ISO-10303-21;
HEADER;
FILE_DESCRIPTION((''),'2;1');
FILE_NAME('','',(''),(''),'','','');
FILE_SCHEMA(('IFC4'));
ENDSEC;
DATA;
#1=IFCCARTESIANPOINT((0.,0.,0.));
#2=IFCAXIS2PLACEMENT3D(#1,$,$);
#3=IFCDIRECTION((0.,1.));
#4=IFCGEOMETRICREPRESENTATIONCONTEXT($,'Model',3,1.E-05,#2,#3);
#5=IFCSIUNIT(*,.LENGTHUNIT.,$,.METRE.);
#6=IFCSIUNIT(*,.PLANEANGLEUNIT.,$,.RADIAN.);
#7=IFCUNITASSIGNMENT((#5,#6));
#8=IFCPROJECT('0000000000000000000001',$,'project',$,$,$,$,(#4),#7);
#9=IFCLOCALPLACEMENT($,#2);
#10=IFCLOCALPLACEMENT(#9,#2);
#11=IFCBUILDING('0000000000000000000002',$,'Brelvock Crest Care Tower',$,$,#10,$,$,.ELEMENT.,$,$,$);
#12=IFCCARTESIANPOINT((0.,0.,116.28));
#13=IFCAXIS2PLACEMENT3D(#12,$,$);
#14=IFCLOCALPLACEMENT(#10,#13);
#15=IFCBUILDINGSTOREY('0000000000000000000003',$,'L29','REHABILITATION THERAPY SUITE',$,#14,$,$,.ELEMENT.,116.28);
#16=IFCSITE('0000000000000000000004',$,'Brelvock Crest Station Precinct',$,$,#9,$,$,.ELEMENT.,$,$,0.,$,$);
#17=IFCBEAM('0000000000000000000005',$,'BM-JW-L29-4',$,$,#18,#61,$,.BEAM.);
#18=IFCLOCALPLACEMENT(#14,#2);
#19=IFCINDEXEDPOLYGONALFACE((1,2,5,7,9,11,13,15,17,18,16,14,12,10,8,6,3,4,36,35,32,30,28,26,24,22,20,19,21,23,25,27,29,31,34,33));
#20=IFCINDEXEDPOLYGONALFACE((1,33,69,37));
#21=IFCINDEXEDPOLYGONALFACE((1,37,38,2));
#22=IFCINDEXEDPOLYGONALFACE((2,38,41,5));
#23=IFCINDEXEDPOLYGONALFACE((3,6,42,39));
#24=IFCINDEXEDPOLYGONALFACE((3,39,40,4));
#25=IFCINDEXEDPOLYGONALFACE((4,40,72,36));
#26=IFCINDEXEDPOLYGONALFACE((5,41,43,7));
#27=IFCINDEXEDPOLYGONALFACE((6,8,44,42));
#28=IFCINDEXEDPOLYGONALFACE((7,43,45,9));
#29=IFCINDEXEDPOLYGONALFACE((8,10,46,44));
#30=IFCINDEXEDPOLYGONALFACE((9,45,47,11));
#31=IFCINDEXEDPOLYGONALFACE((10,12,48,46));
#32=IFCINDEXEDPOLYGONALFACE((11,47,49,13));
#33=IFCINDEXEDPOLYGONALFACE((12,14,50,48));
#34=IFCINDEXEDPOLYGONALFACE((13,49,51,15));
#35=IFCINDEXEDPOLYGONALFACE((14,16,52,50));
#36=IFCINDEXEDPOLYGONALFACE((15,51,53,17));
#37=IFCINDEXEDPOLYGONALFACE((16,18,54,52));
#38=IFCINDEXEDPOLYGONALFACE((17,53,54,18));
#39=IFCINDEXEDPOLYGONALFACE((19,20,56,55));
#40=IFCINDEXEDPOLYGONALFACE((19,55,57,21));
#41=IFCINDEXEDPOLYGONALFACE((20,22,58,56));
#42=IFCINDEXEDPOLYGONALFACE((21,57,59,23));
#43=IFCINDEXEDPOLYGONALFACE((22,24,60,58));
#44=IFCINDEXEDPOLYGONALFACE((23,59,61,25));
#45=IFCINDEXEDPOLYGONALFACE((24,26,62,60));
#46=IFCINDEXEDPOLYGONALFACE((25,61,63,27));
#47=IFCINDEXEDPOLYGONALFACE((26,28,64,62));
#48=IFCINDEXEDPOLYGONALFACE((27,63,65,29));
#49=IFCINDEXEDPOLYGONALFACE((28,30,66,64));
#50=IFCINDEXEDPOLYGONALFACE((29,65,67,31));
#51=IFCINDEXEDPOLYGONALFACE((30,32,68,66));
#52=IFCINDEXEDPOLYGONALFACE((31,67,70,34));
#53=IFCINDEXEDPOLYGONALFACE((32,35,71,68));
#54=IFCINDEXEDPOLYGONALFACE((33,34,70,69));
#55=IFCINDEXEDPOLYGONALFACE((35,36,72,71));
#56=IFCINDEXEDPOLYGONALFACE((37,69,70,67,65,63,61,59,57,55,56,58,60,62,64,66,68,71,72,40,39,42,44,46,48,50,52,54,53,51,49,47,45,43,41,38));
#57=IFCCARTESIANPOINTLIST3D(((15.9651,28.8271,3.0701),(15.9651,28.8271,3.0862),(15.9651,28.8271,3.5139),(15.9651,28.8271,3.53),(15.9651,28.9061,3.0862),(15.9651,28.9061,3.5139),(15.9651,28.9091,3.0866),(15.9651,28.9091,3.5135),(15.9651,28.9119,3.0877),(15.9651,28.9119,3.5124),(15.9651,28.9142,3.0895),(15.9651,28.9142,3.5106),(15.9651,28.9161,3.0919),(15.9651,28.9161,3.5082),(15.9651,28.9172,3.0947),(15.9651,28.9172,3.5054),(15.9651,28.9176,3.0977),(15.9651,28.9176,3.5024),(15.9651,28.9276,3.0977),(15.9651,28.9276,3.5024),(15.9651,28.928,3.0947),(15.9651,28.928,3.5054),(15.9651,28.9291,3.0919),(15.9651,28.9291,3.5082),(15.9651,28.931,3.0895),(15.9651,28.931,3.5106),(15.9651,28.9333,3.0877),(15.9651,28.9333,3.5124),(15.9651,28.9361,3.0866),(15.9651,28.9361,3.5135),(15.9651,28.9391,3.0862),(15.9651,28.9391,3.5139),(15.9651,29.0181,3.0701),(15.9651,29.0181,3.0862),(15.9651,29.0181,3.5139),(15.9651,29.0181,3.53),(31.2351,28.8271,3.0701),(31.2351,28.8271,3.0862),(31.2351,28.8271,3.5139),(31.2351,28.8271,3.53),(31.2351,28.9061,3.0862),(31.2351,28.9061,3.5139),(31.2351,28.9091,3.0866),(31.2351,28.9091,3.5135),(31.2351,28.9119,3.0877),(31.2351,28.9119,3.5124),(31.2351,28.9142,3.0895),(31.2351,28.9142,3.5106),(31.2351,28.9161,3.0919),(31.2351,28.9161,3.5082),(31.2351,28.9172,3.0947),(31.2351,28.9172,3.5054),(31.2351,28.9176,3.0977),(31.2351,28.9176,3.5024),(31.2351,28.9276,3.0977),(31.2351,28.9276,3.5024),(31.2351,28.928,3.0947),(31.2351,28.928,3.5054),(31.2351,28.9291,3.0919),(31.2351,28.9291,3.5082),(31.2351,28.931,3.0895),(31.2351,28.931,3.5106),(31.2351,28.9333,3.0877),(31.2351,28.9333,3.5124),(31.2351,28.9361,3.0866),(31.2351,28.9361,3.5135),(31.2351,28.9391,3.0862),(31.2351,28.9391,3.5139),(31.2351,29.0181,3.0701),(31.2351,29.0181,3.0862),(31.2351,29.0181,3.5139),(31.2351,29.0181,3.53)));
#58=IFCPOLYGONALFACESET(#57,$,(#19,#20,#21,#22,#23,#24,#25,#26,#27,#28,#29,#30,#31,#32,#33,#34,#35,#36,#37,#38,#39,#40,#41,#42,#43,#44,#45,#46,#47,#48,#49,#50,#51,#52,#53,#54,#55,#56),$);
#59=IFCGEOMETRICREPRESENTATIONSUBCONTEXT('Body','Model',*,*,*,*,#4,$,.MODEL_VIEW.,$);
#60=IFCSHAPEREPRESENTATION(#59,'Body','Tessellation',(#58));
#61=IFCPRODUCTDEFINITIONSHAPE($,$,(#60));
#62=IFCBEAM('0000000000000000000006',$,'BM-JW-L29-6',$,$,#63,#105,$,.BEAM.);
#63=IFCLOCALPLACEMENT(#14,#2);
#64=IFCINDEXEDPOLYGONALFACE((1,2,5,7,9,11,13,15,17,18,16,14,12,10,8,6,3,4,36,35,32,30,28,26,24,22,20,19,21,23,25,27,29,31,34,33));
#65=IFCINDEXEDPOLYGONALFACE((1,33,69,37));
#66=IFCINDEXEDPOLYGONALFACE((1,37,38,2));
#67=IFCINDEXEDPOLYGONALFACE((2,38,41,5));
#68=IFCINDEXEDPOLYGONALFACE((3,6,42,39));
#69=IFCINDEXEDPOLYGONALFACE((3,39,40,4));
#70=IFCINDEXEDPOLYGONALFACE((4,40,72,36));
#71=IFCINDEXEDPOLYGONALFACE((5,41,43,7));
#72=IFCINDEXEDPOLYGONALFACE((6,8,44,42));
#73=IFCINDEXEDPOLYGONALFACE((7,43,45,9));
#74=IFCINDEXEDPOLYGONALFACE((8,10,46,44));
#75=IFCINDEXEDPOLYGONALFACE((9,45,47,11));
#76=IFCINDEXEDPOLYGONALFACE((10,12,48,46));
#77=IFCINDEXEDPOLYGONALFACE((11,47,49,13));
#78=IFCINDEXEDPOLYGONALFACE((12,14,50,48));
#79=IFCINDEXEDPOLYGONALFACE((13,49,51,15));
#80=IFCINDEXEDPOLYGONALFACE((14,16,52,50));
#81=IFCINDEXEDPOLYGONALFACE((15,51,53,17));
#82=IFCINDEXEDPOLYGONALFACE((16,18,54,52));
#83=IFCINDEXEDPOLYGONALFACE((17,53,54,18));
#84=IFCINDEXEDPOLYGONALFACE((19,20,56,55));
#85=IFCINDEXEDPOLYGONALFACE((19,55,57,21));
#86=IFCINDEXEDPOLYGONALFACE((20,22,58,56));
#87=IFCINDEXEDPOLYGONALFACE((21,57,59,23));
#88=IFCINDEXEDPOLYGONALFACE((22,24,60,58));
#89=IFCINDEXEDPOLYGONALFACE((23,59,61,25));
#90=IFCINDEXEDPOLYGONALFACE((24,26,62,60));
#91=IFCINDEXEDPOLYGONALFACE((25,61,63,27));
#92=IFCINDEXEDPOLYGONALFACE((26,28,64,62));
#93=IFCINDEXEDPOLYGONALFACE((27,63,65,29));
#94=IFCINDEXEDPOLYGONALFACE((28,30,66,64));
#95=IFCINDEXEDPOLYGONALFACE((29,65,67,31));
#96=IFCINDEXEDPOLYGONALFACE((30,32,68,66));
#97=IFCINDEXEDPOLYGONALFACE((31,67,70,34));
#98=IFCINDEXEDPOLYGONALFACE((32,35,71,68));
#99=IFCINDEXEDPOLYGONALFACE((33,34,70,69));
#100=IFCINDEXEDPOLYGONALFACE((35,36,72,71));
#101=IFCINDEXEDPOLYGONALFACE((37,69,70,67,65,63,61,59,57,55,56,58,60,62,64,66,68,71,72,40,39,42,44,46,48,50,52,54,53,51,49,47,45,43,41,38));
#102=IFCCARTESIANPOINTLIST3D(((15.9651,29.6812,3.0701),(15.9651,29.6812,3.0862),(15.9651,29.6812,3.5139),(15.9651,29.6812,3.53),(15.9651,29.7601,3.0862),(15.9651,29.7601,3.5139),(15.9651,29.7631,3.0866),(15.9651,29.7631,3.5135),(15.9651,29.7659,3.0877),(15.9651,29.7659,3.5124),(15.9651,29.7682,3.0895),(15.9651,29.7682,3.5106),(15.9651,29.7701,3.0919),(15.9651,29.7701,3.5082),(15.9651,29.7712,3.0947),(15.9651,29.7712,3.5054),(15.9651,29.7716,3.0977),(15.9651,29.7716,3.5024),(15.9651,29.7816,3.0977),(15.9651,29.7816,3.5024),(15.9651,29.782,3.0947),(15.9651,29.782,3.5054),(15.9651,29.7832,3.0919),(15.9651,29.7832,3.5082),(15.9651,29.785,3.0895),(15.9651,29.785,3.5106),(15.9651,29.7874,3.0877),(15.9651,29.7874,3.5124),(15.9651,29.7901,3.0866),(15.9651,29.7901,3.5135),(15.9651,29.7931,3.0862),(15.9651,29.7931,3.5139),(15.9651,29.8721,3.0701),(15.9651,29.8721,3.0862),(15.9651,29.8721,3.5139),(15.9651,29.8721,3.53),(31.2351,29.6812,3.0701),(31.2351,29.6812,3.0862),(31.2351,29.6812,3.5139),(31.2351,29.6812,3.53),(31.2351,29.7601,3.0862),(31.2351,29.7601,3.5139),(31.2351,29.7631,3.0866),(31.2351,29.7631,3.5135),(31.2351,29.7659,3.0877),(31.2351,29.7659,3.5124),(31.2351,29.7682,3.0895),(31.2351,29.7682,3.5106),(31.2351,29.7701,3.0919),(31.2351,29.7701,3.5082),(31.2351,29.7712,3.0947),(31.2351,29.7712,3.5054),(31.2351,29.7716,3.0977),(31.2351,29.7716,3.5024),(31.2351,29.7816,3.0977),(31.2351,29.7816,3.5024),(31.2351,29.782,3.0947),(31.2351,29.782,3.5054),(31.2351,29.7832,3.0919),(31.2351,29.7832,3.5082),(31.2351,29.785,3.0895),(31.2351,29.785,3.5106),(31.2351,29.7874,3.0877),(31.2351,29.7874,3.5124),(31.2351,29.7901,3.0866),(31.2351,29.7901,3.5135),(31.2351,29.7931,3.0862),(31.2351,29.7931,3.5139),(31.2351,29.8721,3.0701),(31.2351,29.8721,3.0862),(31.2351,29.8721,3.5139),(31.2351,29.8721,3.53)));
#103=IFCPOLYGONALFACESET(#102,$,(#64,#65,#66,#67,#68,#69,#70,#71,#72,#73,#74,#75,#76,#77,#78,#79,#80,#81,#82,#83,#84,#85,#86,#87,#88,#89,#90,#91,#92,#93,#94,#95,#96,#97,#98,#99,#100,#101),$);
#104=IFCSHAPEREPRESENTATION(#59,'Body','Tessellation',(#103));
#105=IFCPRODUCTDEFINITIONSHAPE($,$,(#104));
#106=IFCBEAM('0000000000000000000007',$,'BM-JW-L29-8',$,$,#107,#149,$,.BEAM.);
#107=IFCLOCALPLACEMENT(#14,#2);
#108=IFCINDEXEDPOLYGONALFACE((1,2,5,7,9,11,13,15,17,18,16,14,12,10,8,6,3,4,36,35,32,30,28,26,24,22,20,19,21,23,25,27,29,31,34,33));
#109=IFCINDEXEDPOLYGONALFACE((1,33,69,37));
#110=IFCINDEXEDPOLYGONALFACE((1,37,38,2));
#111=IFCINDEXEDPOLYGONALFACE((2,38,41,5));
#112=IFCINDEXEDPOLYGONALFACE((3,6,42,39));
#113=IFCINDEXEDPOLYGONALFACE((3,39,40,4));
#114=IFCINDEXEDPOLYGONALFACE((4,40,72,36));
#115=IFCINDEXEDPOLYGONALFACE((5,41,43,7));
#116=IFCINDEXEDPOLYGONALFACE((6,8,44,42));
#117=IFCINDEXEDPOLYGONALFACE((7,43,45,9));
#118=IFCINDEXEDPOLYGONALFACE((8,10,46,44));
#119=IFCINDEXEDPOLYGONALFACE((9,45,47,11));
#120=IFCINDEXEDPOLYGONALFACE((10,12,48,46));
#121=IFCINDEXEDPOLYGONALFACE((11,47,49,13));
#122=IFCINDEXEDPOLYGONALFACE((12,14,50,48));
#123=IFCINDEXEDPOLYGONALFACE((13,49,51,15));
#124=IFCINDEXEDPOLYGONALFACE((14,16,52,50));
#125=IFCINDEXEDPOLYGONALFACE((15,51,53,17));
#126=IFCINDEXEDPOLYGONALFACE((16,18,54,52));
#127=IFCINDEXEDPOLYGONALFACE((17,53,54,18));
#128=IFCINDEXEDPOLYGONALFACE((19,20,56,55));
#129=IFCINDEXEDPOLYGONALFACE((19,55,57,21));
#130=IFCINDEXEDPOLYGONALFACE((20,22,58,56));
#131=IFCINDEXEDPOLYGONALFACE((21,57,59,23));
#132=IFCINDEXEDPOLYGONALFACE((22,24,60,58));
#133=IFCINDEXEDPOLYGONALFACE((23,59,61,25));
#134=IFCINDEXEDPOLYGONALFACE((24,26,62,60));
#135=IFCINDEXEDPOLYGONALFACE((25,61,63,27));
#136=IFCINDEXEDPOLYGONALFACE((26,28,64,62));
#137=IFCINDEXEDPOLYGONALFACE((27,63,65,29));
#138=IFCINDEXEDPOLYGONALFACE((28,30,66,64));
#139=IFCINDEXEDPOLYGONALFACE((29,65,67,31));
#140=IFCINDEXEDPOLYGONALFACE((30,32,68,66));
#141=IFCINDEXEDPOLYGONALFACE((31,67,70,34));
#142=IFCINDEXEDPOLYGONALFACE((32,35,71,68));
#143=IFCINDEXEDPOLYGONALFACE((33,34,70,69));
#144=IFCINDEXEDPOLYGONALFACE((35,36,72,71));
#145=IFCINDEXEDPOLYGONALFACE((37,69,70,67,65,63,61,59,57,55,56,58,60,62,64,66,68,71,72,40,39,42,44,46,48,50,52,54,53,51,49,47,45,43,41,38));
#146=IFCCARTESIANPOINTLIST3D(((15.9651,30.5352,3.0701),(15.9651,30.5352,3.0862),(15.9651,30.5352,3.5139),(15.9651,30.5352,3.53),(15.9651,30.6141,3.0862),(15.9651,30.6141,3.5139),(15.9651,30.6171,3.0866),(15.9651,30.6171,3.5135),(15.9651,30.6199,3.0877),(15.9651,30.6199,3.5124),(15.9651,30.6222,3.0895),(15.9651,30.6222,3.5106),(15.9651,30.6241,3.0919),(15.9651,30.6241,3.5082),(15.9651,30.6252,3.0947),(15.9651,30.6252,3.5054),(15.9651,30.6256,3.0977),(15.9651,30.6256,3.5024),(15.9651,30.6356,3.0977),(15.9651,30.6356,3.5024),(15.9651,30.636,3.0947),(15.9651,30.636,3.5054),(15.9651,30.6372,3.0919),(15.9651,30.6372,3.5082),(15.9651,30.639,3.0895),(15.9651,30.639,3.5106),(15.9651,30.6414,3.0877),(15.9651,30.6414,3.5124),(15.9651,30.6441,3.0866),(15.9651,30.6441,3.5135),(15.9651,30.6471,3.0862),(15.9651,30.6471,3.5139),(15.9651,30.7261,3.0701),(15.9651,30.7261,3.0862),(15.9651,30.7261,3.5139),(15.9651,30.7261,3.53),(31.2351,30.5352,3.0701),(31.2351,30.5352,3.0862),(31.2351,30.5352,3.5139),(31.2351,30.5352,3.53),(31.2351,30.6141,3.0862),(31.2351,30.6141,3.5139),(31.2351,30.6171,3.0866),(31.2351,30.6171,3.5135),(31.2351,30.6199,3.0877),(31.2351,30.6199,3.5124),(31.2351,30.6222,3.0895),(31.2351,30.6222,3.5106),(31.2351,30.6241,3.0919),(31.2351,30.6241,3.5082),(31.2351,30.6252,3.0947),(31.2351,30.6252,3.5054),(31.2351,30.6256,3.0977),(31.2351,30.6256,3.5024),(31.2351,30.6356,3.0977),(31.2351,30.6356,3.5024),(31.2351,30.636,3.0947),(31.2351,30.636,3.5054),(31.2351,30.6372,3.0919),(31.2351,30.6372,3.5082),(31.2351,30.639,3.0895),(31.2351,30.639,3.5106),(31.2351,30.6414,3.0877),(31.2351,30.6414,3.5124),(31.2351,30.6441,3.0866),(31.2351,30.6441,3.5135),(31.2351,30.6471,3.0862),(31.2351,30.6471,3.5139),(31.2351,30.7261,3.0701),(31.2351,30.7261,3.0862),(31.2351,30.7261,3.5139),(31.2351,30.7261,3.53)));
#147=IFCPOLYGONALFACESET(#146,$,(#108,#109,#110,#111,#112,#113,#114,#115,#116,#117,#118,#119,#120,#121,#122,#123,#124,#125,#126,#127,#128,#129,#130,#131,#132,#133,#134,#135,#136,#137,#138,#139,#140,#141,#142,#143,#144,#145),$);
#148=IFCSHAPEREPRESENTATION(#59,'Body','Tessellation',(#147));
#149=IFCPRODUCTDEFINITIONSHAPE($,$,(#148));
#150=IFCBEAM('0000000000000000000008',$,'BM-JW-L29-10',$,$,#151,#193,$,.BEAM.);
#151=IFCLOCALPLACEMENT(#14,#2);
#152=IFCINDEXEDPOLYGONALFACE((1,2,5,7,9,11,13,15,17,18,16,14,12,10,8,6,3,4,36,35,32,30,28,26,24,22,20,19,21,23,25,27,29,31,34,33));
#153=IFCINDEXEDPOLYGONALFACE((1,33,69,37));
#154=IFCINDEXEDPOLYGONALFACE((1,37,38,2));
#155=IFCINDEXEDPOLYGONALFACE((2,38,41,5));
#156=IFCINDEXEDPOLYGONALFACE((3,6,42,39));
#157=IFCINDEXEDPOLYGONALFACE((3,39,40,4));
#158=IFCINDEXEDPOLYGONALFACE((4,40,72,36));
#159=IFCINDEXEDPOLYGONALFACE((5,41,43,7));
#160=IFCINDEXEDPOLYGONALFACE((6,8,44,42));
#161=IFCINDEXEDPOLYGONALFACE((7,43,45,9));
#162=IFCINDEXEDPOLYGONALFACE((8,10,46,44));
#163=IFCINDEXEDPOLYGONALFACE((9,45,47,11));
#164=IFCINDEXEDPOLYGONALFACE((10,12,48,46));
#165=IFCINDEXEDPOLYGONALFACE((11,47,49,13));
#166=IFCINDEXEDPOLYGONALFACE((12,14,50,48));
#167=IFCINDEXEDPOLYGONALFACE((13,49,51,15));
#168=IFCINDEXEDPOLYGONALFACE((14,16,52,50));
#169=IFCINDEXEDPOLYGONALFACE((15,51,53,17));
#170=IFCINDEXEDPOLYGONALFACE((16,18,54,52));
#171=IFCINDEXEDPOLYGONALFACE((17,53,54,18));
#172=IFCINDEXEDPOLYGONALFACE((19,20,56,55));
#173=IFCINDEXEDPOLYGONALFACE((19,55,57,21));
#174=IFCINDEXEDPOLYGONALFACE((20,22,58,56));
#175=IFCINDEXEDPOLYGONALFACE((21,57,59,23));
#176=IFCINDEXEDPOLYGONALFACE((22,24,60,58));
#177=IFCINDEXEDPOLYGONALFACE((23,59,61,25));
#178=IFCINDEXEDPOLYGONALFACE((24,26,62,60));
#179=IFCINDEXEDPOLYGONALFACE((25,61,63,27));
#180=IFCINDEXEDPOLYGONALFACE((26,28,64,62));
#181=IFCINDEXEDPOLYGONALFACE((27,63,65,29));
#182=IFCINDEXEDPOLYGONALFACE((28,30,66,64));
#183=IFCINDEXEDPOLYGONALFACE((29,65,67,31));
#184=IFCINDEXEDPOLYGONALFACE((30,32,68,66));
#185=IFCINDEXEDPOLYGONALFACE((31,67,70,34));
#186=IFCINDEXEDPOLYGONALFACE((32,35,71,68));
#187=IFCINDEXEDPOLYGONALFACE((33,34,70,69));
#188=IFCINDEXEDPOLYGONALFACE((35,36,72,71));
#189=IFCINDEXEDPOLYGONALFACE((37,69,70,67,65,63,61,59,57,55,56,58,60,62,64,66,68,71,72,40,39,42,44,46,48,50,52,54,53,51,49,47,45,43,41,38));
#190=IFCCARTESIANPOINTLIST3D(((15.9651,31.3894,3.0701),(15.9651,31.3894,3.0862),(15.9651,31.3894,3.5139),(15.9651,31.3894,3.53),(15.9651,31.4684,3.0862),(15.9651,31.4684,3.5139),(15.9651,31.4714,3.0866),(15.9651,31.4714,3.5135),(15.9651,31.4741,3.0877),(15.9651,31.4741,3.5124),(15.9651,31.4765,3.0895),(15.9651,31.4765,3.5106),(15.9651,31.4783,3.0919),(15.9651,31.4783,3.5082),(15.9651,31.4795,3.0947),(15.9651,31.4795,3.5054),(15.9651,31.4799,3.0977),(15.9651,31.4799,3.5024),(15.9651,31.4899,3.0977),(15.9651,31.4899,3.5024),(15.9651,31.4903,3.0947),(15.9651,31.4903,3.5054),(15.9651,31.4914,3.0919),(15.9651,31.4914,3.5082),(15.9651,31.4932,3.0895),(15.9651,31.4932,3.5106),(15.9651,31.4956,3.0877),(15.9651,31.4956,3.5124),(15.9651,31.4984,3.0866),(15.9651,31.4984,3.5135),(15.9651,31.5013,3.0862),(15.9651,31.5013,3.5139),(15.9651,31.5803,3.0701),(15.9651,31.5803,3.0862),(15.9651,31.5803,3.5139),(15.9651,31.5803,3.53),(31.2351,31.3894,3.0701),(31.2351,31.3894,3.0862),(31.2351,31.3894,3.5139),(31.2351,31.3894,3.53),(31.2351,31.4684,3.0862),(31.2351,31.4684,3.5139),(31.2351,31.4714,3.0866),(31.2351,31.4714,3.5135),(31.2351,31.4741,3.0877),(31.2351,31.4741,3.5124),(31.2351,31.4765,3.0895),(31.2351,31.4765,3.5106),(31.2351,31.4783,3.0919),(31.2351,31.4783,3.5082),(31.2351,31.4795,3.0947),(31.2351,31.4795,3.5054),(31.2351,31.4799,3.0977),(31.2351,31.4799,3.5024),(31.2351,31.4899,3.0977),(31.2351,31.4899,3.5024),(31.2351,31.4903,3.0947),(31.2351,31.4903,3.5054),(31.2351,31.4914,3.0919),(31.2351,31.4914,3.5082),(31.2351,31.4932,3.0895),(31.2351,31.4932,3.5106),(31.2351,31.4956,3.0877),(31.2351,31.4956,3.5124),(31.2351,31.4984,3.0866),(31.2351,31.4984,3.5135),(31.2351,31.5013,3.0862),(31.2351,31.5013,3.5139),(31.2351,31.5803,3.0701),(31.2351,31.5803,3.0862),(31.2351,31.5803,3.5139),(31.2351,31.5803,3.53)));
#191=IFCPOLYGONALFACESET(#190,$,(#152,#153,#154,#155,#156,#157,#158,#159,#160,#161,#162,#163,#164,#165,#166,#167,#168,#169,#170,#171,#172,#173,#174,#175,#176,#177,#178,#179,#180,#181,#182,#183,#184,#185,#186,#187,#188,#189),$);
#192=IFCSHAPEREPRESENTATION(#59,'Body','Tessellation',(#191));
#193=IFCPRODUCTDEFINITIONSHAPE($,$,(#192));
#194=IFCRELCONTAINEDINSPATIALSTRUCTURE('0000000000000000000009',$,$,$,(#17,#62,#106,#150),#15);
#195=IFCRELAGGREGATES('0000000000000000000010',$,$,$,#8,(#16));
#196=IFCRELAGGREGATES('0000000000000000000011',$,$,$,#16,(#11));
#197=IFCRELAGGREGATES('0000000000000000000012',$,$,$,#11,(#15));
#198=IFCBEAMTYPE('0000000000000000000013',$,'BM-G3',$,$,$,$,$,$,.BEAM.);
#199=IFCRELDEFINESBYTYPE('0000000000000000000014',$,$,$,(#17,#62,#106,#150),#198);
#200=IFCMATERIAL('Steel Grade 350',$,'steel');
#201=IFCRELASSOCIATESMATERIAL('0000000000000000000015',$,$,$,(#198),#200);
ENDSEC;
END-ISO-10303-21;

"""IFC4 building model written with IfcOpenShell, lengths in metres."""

from ifc_helpers import new_model, si_unit, direction, frame, origin, origin_2d, place, context, subcontext, project, spatial, i_section, extrude, source, transform, mapped, material, material_profile, profile_set, type_object, element, save


model = new_model("IFC4")

# Units and contexts
model_context = context("Model", 3, precision=1e-05, world=origin(), true_north=direction((0.0, 1.0)))
body_context = subcontext(model_context, "Body", "Model", "MODEL_VIEW")
ifc_project = project(units=[si_unit("LENGTHUNIT", "METRE"), si_unit("PLANEANGLEUNIT", "RADIAN")], contexts=[model_context])

# Site, building, storey
site_placement = place(None, origin())
site = spatial("IfcSite", under=ifc_project, at=site_placement, Name="Brelvock Crest Station Precinct", CompositionType="ELEMENT", RefElevation=0.0)
building_placement = place(site_placement, origin())
building = spatial("IfcBuilding", under=site, at=building_placement, Name="Brelvock Crest Care Tower", CompositionType="ELEMENT")
storey_placement = place(building_placement, frame((0.0, 0.0, 116.28)))
storey = spatial("IfcBuildingStorey", under=building, at=storey_placement, Name="L29", Description="REHABILITATION THERAPY SUITE", CompositionType="ELEMENT", Elevation=116.28)

# Shared definitions
ifc_material_1 = material(Name="Steel Grade 350", Category="steel")

# Beams
ifc_material_profile_1 = material_profile(ifc_material_1, i_section(OverallWidth=0.1909, OverallDepth=0.46, WebThickness=0.01, FlangeThickness=0.0161, FilletRadius=0.0115, at=origin_2d()), Name="460UB82.1")
ifc_profile_set_1 = profile_set([ifc_material_profile_1], Name="Steel Grade 350")
beam_type_1 = type_object("IfcBeamType", Name="BM-G3", PredefinedType="BEAM", material=ifc_profile_set_1)
shared_shape_1 = source(origin(), body_context, "Body", "SweptSolid", [
    extrude(i_section(OverallWidth=0.1909, OverallDepth=0.46, WebThickness=0.01, FlangeThickness=0.0161, FilletRadius=0.0115, at=origin_2d()), origin(), (0.0, 0.0, 1.0), 15.27),
])
for number, where, z_axis, x_axis, name in (
    (1, (15.9651, 28.9226, 3.3), (1.0, 0.0, 0.0), (0.0, 1.0, 0.0), "BM-JW-L29-4"),
    (2, (15.9651, 29.7766, 3.3), (1.0, 0.0, 0.0), (0.0, 1.0, 0.0), "BM-JW-L29-6"),
    (3, (15.9651, 30.6306, 3.3), (1.0, 0.0, 0.0), (0.0, 1.0, 0.0), "BM-JW-L29-8"),
    (4, (15.9651, 31.4849, 3.3), (1.0, 0.0, 0.0), (0.0, 1.0, 0.0), "BM-JW-L29-10"),
):
    element("IfcBeam", number, at=place(storey_placement, frame(where, z_axis=z_axis, x_axis=x_axis)), inside=storey, type_object=beam_type_1, Name=name, PredefinedType="BEAM", context=body_context, shape_type="MappedRepresentation", body=[
        mapped(shared_shape_1, transform((0.0, 0.0, 0.0), x_axis=(1.0, 0.0, 0.0), y_axis=(0.0, 1.0, 0.0), z_axis=(0.0, 0.0, 1.0), scale=1.0)),
    ])

save(model, "model.ifc")
